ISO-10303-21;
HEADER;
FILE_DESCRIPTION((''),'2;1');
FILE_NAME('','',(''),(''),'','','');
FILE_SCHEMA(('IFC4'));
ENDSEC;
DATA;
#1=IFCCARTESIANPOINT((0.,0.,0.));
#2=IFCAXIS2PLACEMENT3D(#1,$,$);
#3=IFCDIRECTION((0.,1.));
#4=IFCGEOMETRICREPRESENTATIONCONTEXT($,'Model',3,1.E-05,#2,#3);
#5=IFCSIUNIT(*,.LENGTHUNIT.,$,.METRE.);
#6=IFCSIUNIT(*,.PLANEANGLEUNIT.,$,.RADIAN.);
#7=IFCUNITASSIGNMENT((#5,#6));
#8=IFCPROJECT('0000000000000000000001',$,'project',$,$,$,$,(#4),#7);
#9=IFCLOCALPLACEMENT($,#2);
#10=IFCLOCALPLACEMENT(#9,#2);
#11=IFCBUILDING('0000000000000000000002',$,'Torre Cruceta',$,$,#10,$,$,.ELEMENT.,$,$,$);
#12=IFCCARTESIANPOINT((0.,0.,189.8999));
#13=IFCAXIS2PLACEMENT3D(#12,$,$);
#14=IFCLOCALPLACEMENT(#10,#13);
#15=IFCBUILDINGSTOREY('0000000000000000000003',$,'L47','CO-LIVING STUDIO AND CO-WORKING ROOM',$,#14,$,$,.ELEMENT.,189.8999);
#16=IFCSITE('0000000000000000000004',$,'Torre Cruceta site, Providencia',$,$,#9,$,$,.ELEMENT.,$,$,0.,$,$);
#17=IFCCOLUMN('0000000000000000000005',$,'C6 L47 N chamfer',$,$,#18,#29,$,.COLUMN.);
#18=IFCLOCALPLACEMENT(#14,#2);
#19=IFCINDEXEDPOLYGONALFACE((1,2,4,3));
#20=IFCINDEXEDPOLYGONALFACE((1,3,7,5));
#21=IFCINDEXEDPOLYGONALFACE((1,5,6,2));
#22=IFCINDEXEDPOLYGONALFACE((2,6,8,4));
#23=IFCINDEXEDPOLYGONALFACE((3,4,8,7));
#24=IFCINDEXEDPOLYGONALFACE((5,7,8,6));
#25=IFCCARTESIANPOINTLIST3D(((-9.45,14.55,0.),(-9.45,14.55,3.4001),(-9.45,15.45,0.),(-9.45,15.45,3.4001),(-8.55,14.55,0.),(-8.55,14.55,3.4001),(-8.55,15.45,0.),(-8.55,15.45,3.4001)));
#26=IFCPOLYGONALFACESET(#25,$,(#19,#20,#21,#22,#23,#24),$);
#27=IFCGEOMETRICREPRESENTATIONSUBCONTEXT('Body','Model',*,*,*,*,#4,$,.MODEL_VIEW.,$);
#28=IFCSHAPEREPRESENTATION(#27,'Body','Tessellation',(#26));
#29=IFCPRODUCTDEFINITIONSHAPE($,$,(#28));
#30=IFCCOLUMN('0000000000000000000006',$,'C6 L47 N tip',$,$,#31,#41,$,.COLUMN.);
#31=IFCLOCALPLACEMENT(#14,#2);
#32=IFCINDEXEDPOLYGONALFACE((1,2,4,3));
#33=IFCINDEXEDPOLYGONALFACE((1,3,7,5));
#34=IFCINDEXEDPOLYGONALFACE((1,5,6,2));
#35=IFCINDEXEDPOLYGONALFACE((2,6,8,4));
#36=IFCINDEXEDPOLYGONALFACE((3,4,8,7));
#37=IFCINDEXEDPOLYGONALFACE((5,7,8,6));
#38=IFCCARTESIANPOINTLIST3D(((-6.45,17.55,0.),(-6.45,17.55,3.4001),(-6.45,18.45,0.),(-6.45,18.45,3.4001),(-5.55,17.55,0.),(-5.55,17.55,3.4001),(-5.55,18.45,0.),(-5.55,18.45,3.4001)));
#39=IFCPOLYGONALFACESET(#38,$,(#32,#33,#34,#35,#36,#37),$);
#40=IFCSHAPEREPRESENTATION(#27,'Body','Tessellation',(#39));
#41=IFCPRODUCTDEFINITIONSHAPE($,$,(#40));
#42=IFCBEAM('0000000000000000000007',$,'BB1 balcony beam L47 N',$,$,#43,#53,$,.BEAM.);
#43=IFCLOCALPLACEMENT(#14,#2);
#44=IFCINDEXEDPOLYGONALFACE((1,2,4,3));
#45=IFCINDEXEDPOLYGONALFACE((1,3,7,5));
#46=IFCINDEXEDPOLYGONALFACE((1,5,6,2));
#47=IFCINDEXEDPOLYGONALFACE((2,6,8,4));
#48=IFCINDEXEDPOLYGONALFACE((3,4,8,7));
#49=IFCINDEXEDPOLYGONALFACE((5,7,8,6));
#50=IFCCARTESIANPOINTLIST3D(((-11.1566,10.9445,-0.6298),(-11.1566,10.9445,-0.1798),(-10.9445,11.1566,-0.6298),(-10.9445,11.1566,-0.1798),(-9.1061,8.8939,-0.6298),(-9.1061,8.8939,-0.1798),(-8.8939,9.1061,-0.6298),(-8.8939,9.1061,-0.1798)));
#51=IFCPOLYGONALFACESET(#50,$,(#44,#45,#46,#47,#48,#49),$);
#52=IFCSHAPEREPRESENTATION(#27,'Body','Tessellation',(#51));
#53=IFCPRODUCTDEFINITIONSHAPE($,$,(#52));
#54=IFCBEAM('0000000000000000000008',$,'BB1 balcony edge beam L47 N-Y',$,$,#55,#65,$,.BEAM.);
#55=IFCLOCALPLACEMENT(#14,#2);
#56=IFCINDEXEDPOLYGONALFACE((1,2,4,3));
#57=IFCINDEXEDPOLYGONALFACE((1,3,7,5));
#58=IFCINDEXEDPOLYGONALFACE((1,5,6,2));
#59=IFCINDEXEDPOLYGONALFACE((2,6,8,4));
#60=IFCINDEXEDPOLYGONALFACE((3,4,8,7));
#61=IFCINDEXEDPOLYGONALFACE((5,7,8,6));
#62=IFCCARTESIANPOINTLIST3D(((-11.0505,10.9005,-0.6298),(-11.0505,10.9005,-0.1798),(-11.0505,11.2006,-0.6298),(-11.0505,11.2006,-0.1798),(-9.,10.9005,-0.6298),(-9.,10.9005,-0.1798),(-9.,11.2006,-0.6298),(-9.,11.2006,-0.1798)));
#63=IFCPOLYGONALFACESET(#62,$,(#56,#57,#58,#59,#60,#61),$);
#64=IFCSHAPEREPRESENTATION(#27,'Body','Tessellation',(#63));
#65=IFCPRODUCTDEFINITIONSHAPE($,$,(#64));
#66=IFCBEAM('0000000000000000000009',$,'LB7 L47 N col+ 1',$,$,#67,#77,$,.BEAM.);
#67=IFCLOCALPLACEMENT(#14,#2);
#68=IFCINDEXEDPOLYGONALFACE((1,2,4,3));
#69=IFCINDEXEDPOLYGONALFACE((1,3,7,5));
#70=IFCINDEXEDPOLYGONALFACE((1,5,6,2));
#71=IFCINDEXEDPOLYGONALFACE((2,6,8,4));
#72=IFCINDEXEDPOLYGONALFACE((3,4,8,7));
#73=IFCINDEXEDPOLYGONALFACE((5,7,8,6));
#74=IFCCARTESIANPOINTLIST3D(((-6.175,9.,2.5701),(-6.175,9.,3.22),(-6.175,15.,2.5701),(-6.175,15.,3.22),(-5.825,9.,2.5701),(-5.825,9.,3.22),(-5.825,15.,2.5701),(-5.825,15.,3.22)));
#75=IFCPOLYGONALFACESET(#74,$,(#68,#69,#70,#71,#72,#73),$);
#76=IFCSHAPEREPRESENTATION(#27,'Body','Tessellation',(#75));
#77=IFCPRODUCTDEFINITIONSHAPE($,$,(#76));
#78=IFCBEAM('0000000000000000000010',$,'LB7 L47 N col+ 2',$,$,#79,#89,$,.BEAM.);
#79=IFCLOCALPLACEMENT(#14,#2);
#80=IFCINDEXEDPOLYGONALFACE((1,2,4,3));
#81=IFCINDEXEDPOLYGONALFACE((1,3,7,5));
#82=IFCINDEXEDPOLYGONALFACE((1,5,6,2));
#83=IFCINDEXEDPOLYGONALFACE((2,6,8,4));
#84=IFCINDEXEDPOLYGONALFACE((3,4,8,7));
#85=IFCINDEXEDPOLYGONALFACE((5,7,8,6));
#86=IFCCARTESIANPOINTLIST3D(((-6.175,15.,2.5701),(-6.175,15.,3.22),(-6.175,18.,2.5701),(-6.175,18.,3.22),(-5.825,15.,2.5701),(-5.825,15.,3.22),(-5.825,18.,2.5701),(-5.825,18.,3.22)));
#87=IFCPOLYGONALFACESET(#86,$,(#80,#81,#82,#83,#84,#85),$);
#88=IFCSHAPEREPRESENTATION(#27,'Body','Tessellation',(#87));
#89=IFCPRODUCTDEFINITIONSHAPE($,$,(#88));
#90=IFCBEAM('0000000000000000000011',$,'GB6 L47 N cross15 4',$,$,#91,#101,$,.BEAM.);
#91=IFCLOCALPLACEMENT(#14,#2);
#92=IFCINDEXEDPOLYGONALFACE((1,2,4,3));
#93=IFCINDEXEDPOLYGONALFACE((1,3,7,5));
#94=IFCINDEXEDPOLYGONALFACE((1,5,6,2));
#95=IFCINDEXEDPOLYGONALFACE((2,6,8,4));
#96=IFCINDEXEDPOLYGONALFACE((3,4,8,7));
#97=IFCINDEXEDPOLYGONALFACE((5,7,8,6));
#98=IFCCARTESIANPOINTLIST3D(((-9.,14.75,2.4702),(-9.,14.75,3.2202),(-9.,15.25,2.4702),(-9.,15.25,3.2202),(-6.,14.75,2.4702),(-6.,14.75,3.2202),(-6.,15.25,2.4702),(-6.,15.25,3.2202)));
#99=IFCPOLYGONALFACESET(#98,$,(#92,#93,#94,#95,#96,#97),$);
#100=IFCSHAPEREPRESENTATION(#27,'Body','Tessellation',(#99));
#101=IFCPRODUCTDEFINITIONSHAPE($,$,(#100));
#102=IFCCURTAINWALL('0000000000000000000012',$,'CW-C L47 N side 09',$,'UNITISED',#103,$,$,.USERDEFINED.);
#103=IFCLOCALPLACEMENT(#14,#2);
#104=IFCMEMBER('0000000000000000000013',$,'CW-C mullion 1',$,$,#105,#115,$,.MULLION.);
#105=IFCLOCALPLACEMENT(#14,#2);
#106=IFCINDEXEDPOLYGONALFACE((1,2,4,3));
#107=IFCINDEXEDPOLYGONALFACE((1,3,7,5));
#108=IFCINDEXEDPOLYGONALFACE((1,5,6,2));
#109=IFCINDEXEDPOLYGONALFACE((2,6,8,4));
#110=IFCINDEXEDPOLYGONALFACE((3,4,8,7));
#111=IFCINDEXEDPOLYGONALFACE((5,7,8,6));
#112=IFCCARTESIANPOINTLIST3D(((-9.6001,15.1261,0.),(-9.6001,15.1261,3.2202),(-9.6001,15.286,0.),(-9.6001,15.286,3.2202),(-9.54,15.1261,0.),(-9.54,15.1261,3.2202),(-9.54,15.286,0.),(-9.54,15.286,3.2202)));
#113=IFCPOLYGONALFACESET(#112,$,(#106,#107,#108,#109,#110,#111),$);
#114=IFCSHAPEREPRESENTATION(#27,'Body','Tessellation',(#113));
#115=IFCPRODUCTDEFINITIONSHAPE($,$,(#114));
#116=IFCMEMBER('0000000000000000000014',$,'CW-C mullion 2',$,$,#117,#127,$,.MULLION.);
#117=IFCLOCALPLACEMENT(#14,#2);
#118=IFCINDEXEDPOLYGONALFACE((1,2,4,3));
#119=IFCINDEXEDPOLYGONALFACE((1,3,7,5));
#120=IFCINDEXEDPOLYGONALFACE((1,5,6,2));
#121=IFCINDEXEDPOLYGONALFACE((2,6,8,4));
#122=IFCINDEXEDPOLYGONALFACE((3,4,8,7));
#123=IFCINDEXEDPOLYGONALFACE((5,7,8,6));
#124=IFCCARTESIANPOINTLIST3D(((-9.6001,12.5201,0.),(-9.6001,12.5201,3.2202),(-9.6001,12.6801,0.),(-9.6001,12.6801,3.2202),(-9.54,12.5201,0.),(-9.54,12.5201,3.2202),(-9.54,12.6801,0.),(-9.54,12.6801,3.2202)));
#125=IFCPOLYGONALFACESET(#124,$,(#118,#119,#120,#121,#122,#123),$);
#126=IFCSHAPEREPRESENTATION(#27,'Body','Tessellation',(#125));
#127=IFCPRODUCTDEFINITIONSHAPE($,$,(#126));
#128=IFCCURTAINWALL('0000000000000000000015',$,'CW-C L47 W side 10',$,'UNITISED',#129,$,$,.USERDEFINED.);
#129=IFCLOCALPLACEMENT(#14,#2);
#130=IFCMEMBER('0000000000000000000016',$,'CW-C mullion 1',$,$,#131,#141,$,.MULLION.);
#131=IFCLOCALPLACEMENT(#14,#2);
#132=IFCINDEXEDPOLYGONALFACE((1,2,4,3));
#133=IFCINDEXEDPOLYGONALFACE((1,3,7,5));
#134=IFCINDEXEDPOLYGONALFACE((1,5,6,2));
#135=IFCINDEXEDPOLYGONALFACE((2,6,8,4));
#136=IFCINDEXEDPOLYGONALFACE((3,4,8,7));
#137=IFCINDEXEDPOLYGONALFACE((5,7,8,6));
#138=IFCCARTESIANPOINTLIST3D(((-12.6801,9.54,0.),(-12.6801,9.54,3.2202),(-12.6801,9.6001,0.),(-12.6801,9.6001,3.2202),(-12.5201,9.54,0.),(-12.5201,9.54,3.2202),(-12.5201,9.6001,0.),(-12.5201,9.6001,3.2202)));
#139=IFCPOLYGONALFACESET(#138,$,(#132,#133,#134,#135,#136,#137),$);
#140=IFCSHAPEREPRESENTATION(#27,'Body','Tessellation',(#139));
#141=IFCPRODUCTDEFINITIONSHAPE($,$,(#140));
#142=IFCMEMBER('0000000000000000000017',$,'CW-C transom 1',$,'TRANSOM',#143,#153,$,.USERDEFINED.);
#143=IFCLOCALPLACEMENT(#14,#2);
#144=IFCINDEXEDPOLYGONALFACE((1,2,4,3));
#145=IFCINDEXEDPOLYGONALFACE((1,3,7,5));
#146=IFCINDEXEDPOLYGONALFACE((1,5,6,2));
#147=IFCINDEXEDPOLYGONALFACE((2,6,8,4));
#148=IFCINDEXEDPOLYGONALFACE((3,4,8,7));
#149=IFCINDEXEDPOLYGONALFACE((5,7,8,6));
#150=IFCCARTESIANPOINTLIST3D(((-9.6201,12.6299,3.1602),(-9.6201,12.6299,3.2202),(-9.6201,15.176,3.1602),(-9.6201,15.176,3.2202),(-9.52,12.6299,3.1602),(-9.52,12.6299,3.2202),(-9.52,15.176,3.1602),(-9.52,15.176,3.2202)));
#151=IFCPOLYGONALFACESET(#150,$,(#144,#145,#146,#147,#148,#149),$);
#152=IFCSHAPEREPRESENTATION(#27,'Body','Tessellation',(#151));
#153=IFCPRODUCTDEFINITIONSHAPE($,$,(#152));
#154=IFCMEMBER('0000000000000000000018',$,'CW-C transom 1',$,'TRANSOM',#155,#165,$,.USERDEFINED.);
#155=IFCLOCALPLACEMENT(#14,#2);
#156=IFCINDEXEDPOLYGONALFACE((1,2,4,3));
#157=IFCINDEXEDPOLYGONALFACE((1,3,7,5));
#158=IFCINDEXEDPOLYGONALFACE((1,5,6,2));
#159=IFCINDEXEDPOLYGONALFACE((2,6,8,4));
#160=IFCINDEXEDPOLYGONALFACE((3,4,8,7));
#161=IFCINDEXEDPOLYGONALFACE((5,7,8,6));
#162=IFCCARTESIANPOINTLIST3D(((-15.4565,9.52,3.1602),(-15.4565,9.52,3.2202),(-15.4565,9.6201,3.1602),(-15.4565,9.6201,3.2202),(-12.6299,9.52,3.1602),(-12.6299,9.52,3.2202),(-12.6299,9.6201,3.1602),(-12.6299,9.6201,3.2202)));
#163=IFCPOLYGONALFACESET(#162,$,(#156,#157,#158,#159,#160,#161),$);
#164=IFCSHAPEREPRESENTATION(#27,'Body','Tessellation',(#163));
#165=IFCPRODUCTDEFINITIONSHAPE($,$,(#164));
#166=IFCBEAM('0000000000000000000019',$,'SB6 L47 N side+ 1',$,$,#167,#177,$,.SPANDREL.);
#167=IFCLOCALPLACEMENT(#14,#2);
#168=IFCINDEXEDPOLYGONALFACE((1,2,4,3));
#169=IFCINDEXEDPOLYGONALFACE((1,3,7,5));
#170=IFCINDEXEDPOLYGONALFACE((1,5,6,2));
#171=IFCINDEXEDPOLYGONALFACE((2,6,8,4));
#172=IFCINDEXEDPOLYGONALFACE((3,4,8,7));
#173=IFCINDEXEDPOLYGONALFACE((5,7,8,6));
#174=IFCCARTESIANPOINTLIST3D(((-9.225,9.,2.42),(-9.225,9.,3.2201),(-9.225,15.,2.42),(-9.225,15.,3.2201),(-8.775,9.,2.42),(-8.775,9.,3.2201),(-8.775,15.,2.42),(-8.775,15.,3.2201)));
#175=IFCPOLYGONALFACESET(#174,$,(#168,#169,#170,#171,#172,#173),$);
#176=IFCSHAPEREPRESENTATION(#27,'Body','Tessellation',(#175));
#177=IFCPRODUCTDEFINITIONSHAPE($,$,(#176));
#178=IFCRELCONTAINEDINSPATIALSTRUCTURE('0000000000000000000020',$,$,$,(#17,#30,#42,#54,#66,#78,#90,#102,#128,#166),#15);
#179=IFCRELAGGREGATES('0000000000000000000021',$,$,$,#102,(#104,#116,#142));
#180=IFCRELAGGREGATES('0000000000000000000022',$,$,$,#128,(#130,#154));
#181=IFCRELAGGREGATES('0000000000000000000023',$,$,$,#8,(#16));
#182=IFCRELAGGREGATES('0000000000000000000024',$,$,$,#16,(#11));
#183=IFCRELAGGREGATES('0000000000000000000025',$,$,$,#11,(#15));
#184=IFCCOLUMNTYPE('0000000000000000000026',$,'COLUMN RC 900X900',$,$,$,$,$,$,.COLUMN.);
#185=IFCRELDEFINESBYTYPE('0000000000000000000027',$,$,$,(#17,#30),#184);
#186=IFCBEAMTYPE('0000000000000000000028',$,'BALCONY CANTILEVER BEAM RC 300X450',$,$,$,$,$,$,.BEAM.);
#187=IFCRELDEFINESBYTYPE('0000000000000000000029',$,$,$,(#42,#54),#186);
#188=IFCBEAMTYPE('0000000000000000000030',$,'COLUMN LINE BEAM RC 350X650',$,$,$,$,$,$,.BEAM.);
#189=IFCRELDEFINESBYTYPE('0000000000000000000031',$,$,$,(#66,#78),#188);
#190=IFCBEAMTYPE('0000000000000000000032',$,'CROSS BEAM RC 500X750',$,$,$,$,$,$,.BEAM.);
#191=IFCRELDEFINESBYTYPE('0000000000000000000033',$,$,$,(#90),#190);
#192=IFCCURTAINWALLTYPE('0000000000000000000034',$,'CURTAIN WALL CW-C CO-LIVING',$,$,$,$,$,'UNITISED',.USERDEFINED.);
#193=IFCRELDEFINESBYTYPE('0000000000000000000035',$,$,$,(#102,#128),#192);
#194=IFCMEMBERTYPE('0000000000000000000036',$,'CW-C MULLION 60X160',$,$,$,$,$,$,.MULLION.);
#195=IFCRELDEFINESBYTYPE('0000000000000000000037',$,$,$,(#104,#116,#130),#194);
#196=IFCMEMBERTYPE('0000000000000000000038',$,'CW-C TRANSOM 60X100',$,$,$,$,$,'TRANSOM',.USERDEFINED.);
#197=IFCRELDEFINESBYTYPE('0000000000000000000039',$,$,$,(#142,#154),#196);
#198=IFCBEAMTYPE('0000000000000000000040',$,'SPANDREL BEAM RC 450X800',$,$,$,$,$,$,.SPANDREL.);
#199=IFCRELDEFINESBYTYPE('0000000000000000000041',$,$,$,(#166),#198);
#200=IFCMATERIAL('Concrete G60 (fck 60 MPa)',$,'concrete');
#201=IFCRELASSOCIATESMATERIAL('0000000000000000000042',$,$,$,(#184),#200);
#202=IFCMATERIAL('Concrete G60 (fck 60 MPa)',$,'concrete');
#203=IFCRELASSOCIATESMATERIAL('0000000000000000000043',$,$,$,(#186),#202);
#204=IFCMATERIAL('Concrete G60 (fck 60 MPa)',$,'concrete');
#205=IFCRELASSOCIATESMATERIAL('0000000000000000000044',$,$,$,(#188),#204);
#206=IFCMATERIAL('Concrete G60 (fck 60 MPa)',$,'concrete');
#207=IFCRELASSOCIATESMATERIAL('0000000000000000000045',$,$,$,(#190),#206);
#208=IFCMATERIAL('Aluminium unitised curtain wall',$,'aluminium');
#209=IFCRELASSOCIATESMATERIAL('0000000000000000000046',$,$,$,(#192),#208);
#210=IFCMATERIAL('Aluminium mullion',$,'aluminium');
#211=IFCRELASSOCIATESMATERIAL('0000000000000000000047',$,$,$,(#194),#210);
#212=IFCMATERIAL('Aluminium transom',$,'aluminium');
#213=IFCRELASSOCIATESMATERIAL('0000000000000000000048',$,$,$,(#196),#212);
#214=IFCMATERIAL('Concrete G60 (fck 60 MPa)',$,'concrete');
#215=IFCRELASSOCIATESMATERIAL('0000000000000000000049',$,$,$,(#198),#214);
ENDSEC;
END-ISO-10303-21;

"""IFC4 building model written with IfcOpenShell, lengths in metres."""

from ifc_helpers import new_model, si_unit, direction, frame, origin, origin_2d, place, context, subcontext, project, spatial, rectangle, extrude, material, material_profile, profile_set, type_object, element, aggregate, save


model = new_model("IFC4")

# Units and contexts
model_context = context("Model", 3, precision=1e-05, world=origin(), true_north=direction((0.0, 1.0)))
body_context = subcontext(model_context, "Body", "Model", "MODEL_VIEW")
ifc_project = project(units=[si_unit("LENGTHUNIT", "METRE"), si_unit("PLANEANGLEUNIT", "RADIAN")], contexts=[model_context])

# Site, building, storey
site_placement = place(None, origin())
site = spatial("IfcSite", under=ifc_project, at=site_placement, Name="Torre Cruceta site, Providencia", CompositionType="ELEMENT", RefElevation=0.0)
building_placement = place(site_placement, origin())
building = spatial("IfcBuilding", under=site, at=building_placement, Name="Torre Cruceta", CompositionType="ELEMENT")
storey_placement = place(building_placement, frame((0.0, 0.0, 189.8999)))
storey = spatial("IfcBuildingStorey", under=building, at=storey_placement, Name="L47", Description="CO-LIVING STUDIO AND CO-WORKING ROOM", CompositionType="ELEMENT", Elevation=189.8999)

# Columns
ifc_material_1 = material(Name="Concrete G60 (fck 60 MPa)", Category="concrete")
ifc_material_profile_1 = material_profile(ifc_material_1, rectangle(XDim=0.8999, YDim=0.8999, at=origin_2d()), Name="RC 900X900")
ifc_profile_set_1 = profile_set([ifc_material_profile_1], Name="Concrete G60 (fck 60 MPa)")
column_type = type_object("IfcColumnType", Name="COLUMN RC 900X900", PredefinedType="COLUMN", material=ifc_profile_set_1)
for number, where, z_axis, x_axis, name in (
    (1, (-9.0, 15.0, 0.0), (0.0, 0.0, 1.0), (1.0, 0.0, 0.0), "C6 L47 N chamfer"),
    (2, (-6.0, 18.0, 0.0), (0.0, 0.0, 1.0), (1.0, 0.0, 0.0), "C6 L47 N tip"),
):
    element("IfcColumn", number, at=place(storey_placement, frame(where, z_axis=z_axis, x_axis=x_axis)), inside=storey, type_object=column_type, Name=name, PredefinedType="COLUMN", context=body_context, shape_type="SweptSolid", body=[
        extrude(rectangle(XDim=0.8999, YDim=0.8999, at=origin_2d()), origin(), (0.0, 0.0, 1.0), 3.4001),
    ])

# Beams
ifc_material_2 = material(Name="Concrete G60 (fck 60 MPa)", Category="concrete")
ifc_material_profile_2 = material_profile(ifc_material_2, rectangle(XDim=0.3, YDim=0.45, at=origin_2d()), Name="RC 300X450")
ifc_profile_set_2 = profile_set([ifc_material_profile_2], Name="Concrete G60 (fck 60 MPa)")
beam_type_1 = type_object("IfcBeamType", Name="BALCONY CANTILEVER BEAM RC 300X450", PredefinedType="BEAM", material=ifc_profile_set_2)
beam_1_placement = place(storey_placement, frame((-9.0, 9.0, -0.4048), z_axis=(-0.707107, 0.707107, 0.0), x_axis=(-0.707107, -0.707107, 0.0)))
element("IfcBeam", 3, at=beam_1_placement, inside=storey, type_object=beam_type_1, Name="BB1 balcony beam L47 N", PredefinedType="BEAM", context=body_context, shape_type="SweptSolid", body=[
    extrude(rectangle(XDim=0.3, YDim=0.45, at=origin_2d()), origin(), (0.0, 0.0, 1.0), 2.8999),
])
beam_2_placement = place(storey_placement, frame((-9.0, 11.0505, -0.4048), z_axis=(-1.0, 0.0, 0.0), x_axis=(0.0, -1.0, 0.0)))
element("IfcBeam", 4, at=beam_2_placement, inside=storey, type_object=beam_type_1, Name="BB1 balcony edge beam L47 N-Y", PredefinedType="BEAM", context=body_context, shape_type="SweptSolid", body=[
    extrude(rectangle(XDim=0.3, YDim=0.45, at=origin_2d()), origin(), (0.0, 0.0, 1.0), 2.0505),
])
ifc_material_3 = material(Name="Concrete G60 (fck 60 MPa)", Category="concrete")
ifc_material_profile_3 = material_profile(ifc_material_3, rectangle(XDim=0.3501, YDim=0.6499, at=origin_2d()), Name="RC 350X650")
ifc_profile_set_3 = profile_set([ifc_material_profile_3], Name="Concrete G60 (fck 60 MPa)")
beam_type_2 = type_object("IfcBeamType", Name="COLUMN LINE BEAM RC 350X650", PredefinedType="BEAM", material=ifc_profile_set_3)
beam_3_placement = place(storey_placement, frame((-6.0, 9.0, 2.895), z_axis=(0.0, 1.0, 0.0), x_axis=(-1.0, 0.0, 0.0)))
element("IfcBeam", 5, at=beam_3_placement, inside=storey, type_object=beam_type_2, Name="LB7 L47 N col+ 1", PredefinedType="BEAM", context=body_context, shape_type="SweptSolid", body=[
    extrude(rectangle(XDim=0.3501, YDim=0.6499, at=origin_2d()), origin(), (0.0, 0.0, 1.0), 6.0),
])
beam_4_placement = place(storey_placement, frame((-6.0, 15.0, 2.895), z_axis=(0.0, 1.0, 0.0), x_axis=(-1.0, 0.0, 0.0)))
element("IfcBeam", 6, at=beam_4_placement, inside=storey, type_object=beam_type_2, Name="LB7 L47 N col+ 2", PredefinedType="BEAM", context=body_context, shape_type="SweptSolid", body=[
    extrude(rectangle(XDim=0.3501, YDim=0.6499, at=origin_2d()), origin(), (0.0, 0.0, 1.0), 3.0),
])
ifc_material_4 = material(Name="Concrete G60 (fck 60 MPa)", Category="concrete")
ifc_material_profile_4 = material_profile(ifc_material_4, rectangle(XDim=0.5, YDim=0.75, at=origin_2d()), Name="RC 500X750")
ifc_profile_set_4 = profile_set([ifc_material_profile_4], Name="Concrete G60 (fck 60 MPa)")
beam_type_3 = type_object("IfcBeamType", Name="CROSS BEAM RC 500X750", PredefinedType="BEAM", material=ifc_profile_set_4)
beam_5_placement = place(storey_placement, frame((-6.0, 15.0, 2.8452), z_axis=(-1.0, 0.0, 0.0), x_axis=(0.0, -1.0, 0.0)))
element("IfcBeam", 7, at=beam_5_placement, inside=storey, type_object=beam_type_3, Name="GB6 L47 N cross15 4", PredefinedType="BEAM", context=body_context, shape_type="SweptSolid", body=[
    extrude(rectangle(XDim=0.5, YDim=0.75, at=origin_2d()), origin(), (0.0, 0.0, 1.0), 3.0),
])

# Curtain wall, members
ifc_material_5 = material(Name="Aluminium unitised curtain wall", Category="aluminium")
curtain_wall_type = type_object("IfcCurtainWallType", Name="CURTAIN WALL CW-C CO-LIVING", ElementType="UNITISED", PredefinedType="USERDEFINED", material=ifc_material_5)
curtain_wall_1_placement = place(storey_placement, origin())
curtain_wall_1 = element("IfcCurtainWall", 8, at=curtain_wall_1_placement, inside=storey, type_object=curtain_wall_type, Name="CW-C L47 N side 09", ObjectType="UNITISED", PredefinedType="USERDEFINED")
ifc_material_6 = material(Name="Aluminium mullion", Category="aluminium")
ifc_material_profile_5 = material_profile(ifc_material_6, rectangle(XDim=0.0601, YDim=0.1599, at=origin_2d()), Name="AL 60X160")
ifc_profile_set_5 = profile_set([ifc_material_profile_5], Name="Aluminium mullion")
member_type_1 = type_object("IfcMemberType", Name="CW-C MULLION 60X160", PredefinedType="MULLION", material=ifc_profile_set_5)
member_1_placement = place(storey_placement, frame((-9.5701, 15.2061, 0.0), z_axis=(0.0, 0.0, 1.0), x_axis=(1.0, 0.0, 0.0)))
member_1 = element("IfcMember", 9, at=member_1_placement, type_object=member_type_1, Name="CW-C mullion 1", PredefinedType="MULLION", context=body_context, shape_type="SweptSolid", body=[
    extrude(rectangle(XDim=0.0601, YDim=0.1599, at=origin_2d()), origin(), (0.0, 0.0, 1.0), 3.2202),
])
member_2_placement = place(storey_placement, frame((-9.5701, 12.6001, 0.0), z_axis=(0.0, 0.0, 1.0), x_axis=(1.0, 0.0, 0.0)))
member_2 = element("IfcMember", 10, at=member_2_placement, type_object=member_type_1, Name="CW-C mullion 2", PredefinedType="MULLION", context=body_context, shape_type="SweptSolid", body=[
    extrude(rectangle(XDim=0.0601, YDim=0.1599, at=origin_2d()), origin(), (0.0, 0.0, 1.0), 3.2202),
])

# Curtain wall, member
curtain_wall_2_placement = place(storey_placement, origin())
curtain_wall_2 = element("IfcCurtainWall", 11, at=curtain_wall_2_placement, inside=storey, type_object=curtain_wall_type, Name="CW-C L47 W side 10", ObjectType="UNITISED", PredefinedType="USERDEFINED")
member_3_placement = place(storey_placement, frame((-12.6001, 9.5701, 0.0), z_axis=(0.0, 0.0, 1.0), x_axis=(0.0, -1.0, 0.0)))
member_3 = element("IfcMember", 12, at=member_3_placement, type_object=member_type_1, Name="CW-C mullion 1", PredefinedType="MULLION", context=body_context, shape_type="SweptSolid", body=[
    extrude(rectangle(XDim=0.0601, YDim=0.1599, at=origin_2d()), origin(), (0.0, 0.0, 1.0), 3.2202),
])

# Members
ifc_material_7 = material(Name="Aluminium transom", Category="aluminium")
ifc_material_profile_6 = material_profile(ifc_material_7, rectangle(XDim=0.1001, YDim=0.0601, at=origin_2d()), Name="AL 100X60")
ifc_profile_set_6 = profile_set([ifc_material_profile_6], Name="Aluminium transom")
member_type_2 = type_object("IfcMemberType", Name="CW-C TRANSOM 60X100", ElementType="TRANSOM", PredefinedType="USERDEFINED", material=ifc_profile_set_6)
member_4_placement = place(storey_placement, frame((-9.5701, 15.176, 3.1902), z_axis=(0.0, -1.0, 0.0), x_axis=(1.0, 0.0, 0.0)))
member_4 = element("IfcMember", 13, at=member_4_placement, type_object=member_type_2, Name="CW-C transom 1", ObjectType="TRANSOM", PredefinedType="USERDEFINED", context=body_context, shape_type="SweptSolid", body=[
    extrude(rectangle(XDim=0.1001, YDim=0.0601, at=origin_2d()), origin(), (0.0, 0.0, 1.0), 2.5461),
])
member_5_placement = place(storey_placement, frame((-12.6299, 9.5701, 3.1902), z_axis=(-1.0, 0.0, 0.0), x_axis=(0.0, -1.0, 0.0)))
member_5 = element("IfcMember", 14, at=member_5_placement, type_object=member_type_2, Name="CW-C transom 1", ObjectType="TRANSOM", PredefinedType="USERDEFINED", context=body_context, shape_type="SweptSolid", body=[
    extrude(rectangle(XDim=0.1001, YDim=0.0601, at=origin_2d()), origin(), (0.0, 0.0, 1.0), 2.8267),
])

# Beam
ifc_material_8 = material(Name="Concrete G60 (fck 60 MPa)", Category="concrete")
ifc_material_profile_7 = material_profile(ifc_material_8, rectangle(XDim=0.45, YDim=0.8, at=origin_2d()), Name="RC 450X800")
ifc_profile_set_7 = profile_set([ifc_material_profile_7], Name="Concrete G60 (fck 60 MPa)")
beam_type_4 = type_object("IfcBeamType", Name="SPANDREL BEAM RC 450X800", PredefinedType="SPANDREL", material=ifc_profile_set_7)
beam_6_placement = place(storey_placement, frame((-9.0, 9.0, 2.8201), z_axis=(0.0, 1.0, 0.0), x_axis=(-1.0, 0.0, 0.0)))
element("IfcBeam", 15, at=beam_6_placement, inside=storey, type_object=beam_type_4, Name="SB6 L47 N side+ 1", PredefinedType="SPANDREL", context=body_context, shape_type="SweptSolid", body=[
    extrude(rectangle(XDim=0.45, YDim=0.8, at=origin_2d()), origin(), (0.0, 0.0, 1.0), 6.0),
])

aggregate(curtain_wall_1, [member_1, member_2, member_4])
aggregate(curtain_wall_2, [member_3, member_5])

save(model, "model.ifc")
